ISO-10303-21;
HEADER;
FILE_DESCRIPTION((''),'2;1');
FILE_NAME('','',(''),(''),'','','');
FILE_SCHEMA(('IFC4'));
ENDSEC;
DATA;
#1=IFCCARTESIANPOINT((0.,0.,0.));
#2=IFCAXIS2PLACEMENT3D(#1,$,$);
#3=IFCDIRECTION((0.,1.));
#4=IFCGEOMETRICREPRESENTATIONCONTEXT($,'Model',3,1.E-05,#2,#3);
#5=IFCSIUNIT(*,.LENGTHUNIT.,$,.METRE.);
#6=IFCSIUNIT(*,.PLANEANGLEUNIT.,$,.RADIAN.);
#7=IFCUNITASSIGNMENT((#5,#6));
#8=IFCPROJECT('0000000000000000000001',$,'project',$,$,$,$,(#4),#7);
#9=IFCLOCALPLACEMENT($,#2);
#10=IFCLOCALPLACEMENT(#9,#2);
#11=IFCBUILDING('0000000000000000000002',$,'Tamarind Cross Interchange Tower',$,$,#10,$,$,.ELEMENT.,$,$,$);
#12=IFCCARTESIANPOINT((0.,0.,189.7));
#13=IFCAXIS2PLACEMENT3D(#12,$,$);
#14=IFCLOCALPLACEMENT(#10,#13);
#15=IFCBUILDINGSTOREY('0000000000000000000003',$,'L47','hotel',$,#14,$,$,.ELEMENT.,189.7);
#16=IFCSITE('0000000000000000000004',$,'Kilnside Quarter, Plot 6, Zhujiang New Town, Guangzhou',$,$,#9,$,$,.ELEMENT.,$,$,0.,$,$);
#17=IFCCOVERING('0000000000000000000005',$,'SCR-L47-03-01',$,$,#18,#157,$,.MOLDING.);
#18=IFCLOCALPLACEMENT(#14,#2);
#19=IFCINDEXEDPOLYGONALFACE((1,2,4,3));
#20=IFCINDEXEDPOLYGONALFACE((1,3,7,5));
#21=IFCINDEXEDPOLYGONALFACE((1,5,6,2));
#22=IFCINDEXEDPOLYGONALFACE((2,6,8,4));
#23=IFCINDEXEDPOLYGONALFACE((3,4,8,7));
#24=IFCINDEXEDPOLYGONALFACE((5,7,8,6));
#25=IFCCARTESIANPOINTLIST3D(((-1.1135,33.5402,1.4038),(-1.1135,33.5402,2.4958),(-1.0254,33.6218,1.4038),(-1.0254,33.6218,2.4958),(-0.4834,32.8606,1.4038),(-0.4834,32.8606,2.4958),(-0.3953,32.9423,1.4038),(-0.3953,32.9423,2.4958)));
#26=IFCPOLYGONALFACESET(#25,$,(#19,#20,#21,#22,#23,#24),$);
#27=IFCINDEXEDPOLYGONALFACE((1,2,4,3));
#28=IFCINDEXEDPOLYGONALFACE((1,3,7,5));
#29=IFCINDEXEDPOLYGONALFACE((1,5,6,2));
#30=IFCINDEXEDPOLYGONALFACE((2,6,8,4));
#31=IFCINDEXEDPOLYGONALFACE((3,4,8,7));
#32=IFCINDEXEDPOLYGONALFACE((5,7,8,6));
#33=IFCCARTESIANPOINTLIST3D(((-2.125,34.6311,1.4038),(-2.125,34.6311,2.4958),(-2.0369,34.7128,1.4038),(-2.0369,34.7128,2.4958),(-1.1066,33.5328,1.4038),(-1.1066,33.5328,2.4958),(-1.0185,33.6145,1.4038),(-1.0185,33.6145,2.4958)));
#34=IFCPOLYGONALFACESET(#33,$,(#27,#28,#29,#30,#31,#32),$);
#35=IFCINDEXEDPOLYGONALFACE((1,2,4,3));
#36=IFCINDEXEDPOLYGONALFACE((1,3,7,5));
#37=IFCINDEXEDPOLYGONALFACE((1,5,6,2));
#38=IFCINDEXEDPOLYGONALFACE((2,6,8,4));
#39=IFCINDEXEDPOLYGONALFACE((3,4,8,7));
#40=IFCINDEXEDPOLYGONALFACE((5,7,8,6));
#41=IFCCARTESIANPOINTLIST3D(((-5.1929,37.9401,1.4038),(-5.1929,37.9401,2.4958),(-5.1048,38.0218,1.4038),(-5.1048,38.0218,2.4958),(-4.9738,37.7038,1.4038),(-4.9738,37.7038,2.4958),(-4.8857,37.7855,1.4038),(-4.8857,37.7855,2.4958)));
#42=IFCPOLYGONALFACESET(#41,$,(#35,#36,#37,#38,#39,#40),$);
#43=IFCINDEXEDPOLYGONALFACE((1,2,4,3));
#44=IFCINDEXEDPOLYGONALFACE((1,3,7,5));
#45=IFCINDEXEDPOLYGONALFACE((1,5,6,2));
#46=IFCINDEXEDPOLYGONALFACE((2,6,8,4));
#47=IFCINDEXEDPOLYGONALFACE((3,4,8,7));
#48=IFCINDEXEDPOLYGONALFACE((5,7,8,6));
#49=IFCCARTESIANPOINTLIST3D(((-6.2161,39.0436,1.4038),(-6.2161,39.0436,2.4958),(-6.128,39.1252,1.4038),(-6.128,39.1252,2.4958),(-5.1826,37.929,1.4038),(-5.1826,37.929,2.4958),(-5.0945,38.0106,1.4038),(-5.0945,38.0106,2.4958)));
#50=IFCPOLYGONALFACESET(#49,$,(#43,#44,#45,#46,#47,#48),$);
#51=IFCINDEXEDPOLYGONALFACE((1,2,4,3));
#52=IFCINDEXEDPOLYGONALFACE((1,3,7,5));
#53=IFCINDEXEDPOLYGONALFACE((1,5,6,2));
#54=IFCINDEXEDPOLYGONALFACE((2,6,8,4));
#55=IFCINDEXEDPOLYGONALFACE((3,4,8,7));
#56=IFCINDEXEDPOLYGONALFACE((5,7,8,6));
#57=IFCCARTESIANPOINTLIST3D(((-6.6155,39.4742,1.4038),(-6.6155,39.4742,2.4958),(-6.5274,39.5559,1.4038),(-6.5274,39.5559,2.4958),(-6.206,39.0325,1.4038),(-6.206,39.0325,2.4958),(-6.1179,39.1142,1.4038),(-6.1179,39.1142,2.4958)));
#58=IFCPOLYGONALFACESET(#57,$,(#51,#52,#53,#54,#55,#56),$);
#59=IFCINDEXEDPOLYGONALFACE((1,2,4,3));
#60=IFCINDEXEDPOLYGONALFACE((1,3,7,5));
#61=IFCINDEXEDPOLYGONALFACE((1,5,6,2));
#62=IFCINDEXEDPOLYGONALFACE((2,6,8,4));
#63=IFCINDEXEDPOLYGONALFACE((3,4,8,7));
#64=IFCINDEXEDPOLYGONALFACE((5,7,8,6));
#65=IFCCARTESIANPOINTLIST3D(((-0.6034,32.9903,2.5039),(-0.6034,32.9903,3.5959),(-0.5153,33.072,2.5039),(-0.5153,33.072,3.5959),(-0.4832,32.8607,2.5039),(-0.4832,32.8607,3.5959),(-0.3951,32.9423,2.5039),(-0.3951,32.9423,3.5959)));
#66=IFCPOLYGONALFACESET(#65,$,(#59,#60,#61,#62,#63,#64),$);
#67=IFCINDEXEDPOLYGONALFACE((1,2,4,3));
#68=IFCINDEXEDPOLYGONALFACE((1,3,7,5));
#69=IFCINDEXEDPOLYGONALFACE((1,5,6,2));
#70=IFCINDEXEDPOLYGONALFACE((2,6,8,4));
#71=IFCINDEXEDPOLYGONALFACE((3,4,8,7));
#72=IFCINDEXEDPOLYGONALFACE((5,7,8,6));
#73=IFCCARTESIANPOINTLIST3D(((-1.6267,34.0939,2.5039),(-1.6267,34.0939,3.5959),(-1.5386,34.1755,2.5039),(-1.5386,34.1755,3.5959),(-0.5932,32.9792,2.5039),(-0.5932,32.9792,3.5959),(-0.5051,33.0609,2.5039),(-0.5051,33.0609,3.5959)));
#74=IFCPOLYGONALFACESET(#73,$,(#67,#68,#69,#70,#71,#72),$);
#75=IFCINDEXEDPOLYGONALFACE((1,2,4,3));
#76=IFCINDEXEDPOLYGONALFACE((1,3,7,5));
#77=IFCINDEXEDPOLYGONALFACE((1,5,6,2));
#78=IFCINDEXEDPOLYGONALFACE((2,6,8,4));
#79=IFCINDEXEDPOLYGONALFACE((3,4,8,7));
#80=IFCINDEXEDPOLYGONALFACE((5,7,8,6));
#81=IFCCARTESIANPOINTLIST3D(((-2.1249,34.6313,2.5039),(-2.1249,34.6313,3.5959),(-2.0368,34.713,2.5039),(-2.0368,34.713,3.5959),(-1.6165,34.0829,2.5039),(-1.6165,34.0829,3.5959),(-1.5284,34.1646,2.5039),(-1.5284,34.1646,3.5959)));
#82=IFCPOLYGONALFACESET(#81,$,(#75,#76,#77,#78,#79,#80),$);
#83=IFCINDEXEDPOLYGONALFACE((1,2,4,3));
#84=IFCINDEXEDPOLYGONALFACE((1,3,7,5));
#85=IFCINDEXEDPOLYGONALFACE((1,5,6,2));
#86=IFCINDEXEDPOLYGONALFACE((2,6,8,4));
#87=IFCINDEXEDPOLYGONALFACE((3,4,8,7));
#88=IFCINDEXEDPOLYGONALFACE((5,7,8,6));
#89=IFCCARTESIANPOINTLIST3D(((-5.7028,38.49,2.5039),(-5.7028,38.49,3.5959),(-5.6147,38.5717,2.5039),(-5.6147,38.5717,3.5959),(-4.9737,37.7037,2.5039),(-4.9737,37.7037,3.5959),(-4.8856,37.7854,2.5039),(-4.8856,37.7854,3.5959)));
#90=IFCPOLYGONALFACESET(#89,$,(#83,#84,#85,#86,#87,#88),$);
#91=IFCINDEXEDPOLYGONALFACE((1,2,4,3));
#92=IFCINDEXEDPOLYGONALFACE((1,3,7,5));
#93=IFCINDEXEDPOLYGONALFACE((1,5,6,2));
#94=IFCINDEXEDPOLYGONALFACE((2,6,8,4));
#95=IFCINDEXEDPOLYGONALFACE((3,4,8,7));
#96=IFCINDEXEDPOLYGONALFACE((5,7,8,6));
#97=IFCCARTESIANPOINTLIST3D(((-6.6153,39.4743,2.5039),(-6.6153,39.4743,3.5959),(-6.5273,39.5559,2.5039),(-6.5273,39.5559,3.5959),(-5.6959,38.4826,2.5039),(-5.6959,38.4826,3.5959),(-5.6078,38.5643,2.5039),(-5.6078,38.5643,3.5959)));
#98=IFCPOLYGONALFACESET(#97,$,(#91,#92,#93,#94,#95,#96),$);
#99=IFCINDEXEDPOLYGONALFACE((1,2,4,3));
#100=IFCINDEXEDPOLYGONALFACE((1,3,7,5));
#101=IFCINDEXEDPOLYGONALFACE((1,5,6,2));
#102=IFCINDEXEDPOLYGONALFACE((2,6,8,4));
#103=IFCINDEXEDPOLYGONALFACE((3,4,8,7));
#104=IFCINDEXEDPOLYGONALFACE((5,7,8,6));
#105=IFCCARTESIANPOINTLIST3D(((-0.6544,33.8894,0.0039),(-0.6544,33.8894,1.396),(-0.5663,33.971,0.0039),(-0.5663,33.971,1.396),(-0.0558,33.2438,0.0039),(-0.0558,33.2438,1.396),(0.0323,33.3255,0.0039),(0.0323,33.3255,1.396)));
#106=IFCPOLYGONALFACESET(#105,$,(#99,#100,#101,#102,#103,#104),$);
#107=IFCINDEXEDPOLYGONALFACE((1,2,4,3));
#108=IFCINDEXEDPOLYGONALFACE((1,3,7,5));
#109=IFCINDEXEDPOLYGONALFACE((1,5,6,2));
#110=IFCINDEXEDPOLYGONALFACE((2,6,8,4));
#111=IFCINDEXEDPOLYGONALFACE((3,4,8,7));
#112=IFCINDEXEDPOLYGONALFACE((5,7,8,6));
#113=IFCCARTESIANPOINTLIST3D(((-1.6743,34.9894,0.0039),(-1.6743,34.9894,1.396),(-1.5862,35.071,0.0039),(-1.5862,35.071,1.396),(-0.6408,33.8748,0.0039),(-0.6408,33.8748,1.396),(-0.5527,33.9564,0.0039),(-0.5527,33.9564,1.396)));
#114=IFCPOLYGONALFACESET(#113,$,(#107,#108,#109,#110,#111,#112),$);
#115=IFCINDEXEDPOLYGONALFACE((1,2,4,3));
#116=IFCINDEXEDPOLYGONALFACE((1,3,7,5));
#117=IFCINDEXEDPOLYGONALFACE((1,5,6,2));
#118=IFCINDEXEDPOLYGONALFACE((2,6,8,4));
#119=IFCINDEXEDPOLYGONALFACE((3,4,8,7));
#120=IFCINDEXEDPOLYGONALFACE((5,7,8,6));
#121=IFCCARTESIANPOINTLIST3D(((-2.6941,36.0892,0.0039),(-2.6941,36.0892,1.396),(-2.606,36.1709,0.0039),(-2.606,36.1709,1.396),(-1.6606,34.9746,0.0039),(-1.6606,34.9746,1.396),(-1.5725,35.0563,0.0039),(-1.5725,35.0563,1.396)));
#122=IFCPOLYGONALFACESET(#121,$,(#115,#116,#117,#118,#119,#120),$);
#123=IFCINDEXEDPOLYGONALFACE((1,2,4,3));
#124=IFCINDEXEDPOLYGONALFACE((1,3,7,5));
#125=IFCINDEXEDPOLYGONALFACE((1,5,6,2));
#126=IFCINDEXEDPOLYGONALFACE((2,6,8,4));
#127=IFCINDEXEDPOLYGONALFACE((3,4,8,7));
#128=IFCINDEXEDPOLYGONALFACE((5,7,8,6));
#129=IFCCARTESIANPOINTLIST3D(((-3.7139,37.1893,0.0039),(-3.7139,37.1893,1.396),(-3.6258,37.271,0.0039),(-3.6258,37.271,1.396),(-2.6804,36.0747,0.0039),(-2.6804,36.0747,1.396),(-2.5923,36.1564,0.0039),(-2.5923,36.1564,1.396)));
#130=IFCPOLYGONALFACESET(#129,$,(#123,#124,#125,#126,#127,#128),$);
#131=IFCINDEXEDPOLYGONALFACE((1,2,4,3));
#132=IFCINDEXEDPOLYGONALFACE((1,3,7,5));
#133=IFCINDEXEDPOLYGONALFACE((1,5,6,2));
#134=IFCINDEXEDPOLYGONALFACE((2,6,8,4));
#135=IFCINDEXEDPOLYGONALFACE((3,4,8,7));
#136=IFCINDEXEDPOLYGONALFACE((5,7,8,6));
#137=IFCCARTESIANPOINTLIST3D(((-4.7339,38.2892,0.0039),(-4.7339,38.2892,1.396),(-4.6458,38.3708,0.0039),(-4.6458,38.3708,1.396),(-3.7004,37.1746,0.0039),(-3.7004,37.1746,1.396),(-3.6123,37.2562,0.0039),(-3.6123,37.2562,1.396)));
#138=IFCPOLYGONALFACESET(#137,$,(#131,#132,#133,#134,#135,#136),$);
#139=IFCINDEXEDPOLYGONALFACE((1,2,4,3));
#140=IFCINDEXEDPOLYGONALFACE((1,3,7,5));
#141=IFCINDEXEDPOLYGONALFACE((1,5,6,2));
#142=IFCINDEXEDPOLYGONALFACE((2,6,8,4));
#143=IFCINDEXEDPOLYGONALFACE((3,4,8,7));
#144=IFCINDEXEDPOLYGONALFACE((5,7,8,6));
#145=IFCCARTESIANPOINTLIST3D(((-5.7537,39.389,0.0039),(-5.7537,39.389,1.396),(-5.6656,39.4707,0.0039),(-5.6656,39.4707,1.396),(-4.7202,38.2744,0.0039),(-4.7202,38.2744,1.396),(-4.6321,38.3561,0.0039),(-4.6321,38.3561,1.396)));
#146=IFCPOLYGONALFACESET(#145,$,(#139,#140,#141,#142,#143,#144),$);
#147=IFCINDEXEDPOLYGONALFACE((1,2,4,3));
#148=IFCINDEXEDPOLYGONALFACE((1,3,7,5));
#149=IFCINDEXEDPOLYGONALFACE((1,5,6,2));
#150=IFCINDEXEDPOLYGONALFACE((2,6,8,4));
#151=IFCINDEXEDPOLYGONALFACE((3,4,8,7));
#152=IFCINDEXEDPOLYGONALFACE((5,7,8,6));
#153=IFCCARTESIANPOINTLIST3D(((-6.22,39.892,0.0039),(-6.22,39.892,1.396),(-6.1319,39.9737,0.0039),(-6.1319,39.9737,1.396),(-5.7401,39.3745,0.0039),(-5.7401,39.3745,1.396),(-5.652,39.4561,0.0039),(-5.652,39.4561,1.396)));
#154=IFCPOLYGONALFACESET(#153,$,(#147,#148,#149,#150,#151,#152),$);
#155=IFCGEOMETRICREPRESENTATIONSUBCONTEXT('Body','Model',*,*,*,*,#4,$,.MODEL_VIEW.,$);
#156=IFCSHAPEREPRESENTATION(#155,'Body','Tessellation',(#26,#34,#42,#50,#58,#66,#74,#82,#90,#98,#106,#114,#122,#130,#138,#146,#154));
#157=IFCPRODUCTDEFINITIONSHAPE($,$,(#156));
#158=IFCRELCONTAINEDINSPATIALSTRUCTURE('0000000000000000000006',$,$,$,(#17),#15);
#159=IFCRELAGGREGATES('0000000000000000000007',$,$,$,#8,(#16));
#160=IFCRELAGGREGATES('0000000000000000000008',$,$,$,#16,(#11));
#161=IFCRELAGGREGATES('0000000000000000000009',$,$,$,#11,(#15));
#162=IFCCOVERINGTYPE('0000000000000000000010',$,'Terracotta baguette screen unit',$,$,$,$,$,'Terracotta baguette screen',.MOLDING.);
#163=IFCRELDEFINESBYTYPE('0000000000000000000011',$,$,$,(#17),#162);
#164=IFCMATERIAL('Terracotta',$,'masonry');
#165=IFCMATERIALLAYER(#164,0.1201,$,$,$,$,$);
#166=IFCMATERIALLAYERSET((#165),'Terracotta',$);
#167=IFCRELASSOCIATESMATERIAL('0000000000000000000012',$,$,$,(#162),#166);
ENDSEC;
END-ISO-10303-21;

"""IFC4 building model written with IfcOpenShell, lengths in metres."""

from ifc_helpers import new_model, si_unit, direction, frame, origin, origin_2d, place, context, subcontext, project, spatial, rectangle, extrude, material, layer, layer_set, type_object, element, save


model = new_model("IFC4")

# Units and contexts
model_context = context("Model", 3, precision=1e-05, world=origin(), true_north=direction((0.0, 1.0)))
body_context = subcontext(model_context, "Body", "Model", "MODEL_VIEW")
ifc_project = project(units=[si_unit("LENGTHUNIT", "METRE"), si_unit("PLANEANGLEUNIT", "RADIAN")], contexts=[model_context])

# Site, building, storey
site_placement = place(None, origin())
site = spatial("IfcSite", under=ifc_project, at=site_placement, Name="Kilnside Quarter, Plot 6, Zhujiang New Town, Guangzhou", CompositionType="ELEMENT", RefElevation=0.0)
building_placement = place(site_placement, origin())
building = spatial("IfcBuilding", under=site, at=building_placement, Name="Tamarind Cross Interchange Tower", CompositionType="ELEMENT")
storey_placement = place(building_placement, frame((0.0, 0.0, 189.7)))
storey = spatial("IfcBuildingStorey", under=building, at=storey_placement, Name="L47", Description="hotel", CompositionType="ELEMENT", Elevation=189.7)

# Covering
ifc_material_1 = material(Name="Terracotta", Category="masonry")
ifc_layer_1 = layer(ifc_material_1, 0.1201)
ifc_layer_set_1 = layer_set([ifc_layer_1], Name="Terracotta")
covering_type = type_object("IfcCoveringType", Name="Terracotta baguette screen unit", ElementType="Terracotta baguette screen", PredefinedType="MOLDING", material=ifc_layer_set_1)
covering_1_placement = place(storey_placement, origin())
element("IfcCovering", 1, at=covering_1_placement, inside=storey, type_object=covering_type, Name="SCR-L47-03-01", PredefinedType="MOLDING", context=body_context, shape_type="SweptSolid", body=[
    extrude(rectangle(XDim=0.9268, YDim=0.1201, at=origin_2d()), frame((-0.7544, 33.2412, 1.4038), z_axis=(0.0, 0.0, 1.0), x_axis=(-0.679912, 0.733293, 0.0)), (0.0, 0.0, 1.0), 1.092),
    extrude(rectangle(XDim=1.4978, YDim=0.1201, at=origin_2d()), frame((-1.5718, 34.1228, 1.4038), z_axis=(0.0, 0.0, 1.0), x_axis=(-0.679912, 0.733293, 0.0)), (0.0, 0.0, 1.0), 1.092),
    extrude(rectangle(XDim=0.3223, YDim=0.1201, at=origin_2d()), frame((-5.0393, 37.8628, 1.4038), z_axis=(0.0, 0.0, 1.0), x_axis=(-0.679912, 0.733293, 0.0)), (0.0, 0.0, 1.0), 1.092),
    extrude(rectangle(XDim=1.52, YDim=0.1201, at=origin_2d()), frame((-5.6553, 38.5271, 1.4038), z_axis=(0.0, 0.0, 1.0), x_axis=(-0.679912, 0.733293, 0.0)), (0.0, 0.0, 1.0), 1.092),
    extrude(rectangle(XDim=0.6023, YDim=0.1201, at=origin_2d()), frame((-6.3667, 39.2942, 1.4038), z_axis=(0.0, 0.0, 1.0), x_axis=(-0.679912, 0.733293, 0.0)), (0.0, 0.0, 1.0), 1.092),
    extrude(rectangle(XDim=0.1768, YDim=0.1201, at=origin_2d()), frame((-0.4993, 32.9663, 2.5039), z_axis=(0.0, 0.0, 1.0), x_axis=(-0.679912, 0.733293, 0.0)), (0.0, 0.0, 1.0), 1.092),
    extrude(rectangle(XDim=1.52, YDim=0.1201, at=origin_2d()), frame((-1.0659, 33.5774, 2.5039), z_axis=(0.0, 0.0, 1.0), x_axis=(-0.679912, 0.733293, 0.0)), (0.0, 0.0, 1.0), 1.092),
    extrude(rectangle(XDim=0.7478, YDim=0.1201, at=origin_2d()), frame((-1.8267, 34.3979, 2.5039), z_axis=(0.0, 0.0, 1.0), x_axis=(-0.679912, 0.733293, 0.0)), (0.0, 0.0, 1.0), 1.092),
    extrude(rectangle(XDim=1.0723, YDim=0.1201, at=origin_2d()), frame((-5.2942, 38.1377, 2.5039), z_axis=(0.0, 0.0, 1.0), x_axis=(-0.679912, 0.733293, 0.0)), (0.0, 0.0, 1.0), 1.092),
    extrude(rectangle(XDim=1.3523, YDim=0.1201, at=origin_2d()), frame((-6.1116, 39.0193, 2.5039), z_axis=(0.0, 0.0, 1.0), x_axis=(-0.679912, 0.733293, 0.0)), (0.0, 0.0, 1.0), 1.092),
    extrude(rectangle(XDim=0.8804, YDim=0.1201, at=origin_2d()), frame((-0.311, 33.6074, 0.0039), z_axis=(0.0, 0.0, 1.0), x_axis=(-0.679912, 0.733293, 0.0)), (0.0, 0.0, 1.0), 1.3921),
    extrude(rectangle(XDim=1.52, YDim=0.1201, at=origin_2d()), frame((-1.1135, 34.4729, 0.0039), z_axis=(0.0, 0.0, 1.0), x_axis=(-0.679912, 0.733293, 0.0)), (0.0, 0.0, 1.0), 1.3921),
    extrude(rectangle(XDim=1.52, YDim=0.1201, at=origin_2d()), frame((-2.1333, 35.5728, 0.0039), z_axis=(0.0, 0.0, 1.0), x_axis=(-0.679912, 0.733293, 0.0)), (0.0, 0.0, 1.0), 1.3921),
    extrude(rectangle(XDim=1.52, YDim=0.1201, at=origin_2d()), frame((-3.1531, 36.6729, 0.0039), z_axis=(0.0, 0.0, 1.0), x_axis=(-0.679912, 0.733293, 0.0)), (0.0, 0.0, 1.0), 1.3921),
    extrude(rectangle(XDim=1.52, YDim=0.1201, at=origin_2d()), frame((-4.1731, 37.7727, 0.0039), z_axis=(0.0, 0.0, 1.0), x_axis=(-0.679912, 0.733293, 0.0)), (0.0, 0.0, 1.0), 1.3921),
    extrude(rectangle(XDim=1.52, YDim=0.1201, at=origin_2d()), frame((-5.1929, 38.8726, 0.0039), z_axis=(0.0, 0.0, 1.0), x_axis=(-0.679912, 0.733293, 0.0)), (0.0, 0.0, 1.0), 1.3921),
    extrude(rectangle(XDim=0.7058, YDim=0.1201, at=origin_2d()), frame((-5.936, 39.6741, 0.0039), z_axis=(0.0, 0.0, 1.0), x_axis=(-0.679912, 0.733293, 0.0)), (0.0, 0.0, 1.0), 1.3921),
])

save(model, "model.ifc")
